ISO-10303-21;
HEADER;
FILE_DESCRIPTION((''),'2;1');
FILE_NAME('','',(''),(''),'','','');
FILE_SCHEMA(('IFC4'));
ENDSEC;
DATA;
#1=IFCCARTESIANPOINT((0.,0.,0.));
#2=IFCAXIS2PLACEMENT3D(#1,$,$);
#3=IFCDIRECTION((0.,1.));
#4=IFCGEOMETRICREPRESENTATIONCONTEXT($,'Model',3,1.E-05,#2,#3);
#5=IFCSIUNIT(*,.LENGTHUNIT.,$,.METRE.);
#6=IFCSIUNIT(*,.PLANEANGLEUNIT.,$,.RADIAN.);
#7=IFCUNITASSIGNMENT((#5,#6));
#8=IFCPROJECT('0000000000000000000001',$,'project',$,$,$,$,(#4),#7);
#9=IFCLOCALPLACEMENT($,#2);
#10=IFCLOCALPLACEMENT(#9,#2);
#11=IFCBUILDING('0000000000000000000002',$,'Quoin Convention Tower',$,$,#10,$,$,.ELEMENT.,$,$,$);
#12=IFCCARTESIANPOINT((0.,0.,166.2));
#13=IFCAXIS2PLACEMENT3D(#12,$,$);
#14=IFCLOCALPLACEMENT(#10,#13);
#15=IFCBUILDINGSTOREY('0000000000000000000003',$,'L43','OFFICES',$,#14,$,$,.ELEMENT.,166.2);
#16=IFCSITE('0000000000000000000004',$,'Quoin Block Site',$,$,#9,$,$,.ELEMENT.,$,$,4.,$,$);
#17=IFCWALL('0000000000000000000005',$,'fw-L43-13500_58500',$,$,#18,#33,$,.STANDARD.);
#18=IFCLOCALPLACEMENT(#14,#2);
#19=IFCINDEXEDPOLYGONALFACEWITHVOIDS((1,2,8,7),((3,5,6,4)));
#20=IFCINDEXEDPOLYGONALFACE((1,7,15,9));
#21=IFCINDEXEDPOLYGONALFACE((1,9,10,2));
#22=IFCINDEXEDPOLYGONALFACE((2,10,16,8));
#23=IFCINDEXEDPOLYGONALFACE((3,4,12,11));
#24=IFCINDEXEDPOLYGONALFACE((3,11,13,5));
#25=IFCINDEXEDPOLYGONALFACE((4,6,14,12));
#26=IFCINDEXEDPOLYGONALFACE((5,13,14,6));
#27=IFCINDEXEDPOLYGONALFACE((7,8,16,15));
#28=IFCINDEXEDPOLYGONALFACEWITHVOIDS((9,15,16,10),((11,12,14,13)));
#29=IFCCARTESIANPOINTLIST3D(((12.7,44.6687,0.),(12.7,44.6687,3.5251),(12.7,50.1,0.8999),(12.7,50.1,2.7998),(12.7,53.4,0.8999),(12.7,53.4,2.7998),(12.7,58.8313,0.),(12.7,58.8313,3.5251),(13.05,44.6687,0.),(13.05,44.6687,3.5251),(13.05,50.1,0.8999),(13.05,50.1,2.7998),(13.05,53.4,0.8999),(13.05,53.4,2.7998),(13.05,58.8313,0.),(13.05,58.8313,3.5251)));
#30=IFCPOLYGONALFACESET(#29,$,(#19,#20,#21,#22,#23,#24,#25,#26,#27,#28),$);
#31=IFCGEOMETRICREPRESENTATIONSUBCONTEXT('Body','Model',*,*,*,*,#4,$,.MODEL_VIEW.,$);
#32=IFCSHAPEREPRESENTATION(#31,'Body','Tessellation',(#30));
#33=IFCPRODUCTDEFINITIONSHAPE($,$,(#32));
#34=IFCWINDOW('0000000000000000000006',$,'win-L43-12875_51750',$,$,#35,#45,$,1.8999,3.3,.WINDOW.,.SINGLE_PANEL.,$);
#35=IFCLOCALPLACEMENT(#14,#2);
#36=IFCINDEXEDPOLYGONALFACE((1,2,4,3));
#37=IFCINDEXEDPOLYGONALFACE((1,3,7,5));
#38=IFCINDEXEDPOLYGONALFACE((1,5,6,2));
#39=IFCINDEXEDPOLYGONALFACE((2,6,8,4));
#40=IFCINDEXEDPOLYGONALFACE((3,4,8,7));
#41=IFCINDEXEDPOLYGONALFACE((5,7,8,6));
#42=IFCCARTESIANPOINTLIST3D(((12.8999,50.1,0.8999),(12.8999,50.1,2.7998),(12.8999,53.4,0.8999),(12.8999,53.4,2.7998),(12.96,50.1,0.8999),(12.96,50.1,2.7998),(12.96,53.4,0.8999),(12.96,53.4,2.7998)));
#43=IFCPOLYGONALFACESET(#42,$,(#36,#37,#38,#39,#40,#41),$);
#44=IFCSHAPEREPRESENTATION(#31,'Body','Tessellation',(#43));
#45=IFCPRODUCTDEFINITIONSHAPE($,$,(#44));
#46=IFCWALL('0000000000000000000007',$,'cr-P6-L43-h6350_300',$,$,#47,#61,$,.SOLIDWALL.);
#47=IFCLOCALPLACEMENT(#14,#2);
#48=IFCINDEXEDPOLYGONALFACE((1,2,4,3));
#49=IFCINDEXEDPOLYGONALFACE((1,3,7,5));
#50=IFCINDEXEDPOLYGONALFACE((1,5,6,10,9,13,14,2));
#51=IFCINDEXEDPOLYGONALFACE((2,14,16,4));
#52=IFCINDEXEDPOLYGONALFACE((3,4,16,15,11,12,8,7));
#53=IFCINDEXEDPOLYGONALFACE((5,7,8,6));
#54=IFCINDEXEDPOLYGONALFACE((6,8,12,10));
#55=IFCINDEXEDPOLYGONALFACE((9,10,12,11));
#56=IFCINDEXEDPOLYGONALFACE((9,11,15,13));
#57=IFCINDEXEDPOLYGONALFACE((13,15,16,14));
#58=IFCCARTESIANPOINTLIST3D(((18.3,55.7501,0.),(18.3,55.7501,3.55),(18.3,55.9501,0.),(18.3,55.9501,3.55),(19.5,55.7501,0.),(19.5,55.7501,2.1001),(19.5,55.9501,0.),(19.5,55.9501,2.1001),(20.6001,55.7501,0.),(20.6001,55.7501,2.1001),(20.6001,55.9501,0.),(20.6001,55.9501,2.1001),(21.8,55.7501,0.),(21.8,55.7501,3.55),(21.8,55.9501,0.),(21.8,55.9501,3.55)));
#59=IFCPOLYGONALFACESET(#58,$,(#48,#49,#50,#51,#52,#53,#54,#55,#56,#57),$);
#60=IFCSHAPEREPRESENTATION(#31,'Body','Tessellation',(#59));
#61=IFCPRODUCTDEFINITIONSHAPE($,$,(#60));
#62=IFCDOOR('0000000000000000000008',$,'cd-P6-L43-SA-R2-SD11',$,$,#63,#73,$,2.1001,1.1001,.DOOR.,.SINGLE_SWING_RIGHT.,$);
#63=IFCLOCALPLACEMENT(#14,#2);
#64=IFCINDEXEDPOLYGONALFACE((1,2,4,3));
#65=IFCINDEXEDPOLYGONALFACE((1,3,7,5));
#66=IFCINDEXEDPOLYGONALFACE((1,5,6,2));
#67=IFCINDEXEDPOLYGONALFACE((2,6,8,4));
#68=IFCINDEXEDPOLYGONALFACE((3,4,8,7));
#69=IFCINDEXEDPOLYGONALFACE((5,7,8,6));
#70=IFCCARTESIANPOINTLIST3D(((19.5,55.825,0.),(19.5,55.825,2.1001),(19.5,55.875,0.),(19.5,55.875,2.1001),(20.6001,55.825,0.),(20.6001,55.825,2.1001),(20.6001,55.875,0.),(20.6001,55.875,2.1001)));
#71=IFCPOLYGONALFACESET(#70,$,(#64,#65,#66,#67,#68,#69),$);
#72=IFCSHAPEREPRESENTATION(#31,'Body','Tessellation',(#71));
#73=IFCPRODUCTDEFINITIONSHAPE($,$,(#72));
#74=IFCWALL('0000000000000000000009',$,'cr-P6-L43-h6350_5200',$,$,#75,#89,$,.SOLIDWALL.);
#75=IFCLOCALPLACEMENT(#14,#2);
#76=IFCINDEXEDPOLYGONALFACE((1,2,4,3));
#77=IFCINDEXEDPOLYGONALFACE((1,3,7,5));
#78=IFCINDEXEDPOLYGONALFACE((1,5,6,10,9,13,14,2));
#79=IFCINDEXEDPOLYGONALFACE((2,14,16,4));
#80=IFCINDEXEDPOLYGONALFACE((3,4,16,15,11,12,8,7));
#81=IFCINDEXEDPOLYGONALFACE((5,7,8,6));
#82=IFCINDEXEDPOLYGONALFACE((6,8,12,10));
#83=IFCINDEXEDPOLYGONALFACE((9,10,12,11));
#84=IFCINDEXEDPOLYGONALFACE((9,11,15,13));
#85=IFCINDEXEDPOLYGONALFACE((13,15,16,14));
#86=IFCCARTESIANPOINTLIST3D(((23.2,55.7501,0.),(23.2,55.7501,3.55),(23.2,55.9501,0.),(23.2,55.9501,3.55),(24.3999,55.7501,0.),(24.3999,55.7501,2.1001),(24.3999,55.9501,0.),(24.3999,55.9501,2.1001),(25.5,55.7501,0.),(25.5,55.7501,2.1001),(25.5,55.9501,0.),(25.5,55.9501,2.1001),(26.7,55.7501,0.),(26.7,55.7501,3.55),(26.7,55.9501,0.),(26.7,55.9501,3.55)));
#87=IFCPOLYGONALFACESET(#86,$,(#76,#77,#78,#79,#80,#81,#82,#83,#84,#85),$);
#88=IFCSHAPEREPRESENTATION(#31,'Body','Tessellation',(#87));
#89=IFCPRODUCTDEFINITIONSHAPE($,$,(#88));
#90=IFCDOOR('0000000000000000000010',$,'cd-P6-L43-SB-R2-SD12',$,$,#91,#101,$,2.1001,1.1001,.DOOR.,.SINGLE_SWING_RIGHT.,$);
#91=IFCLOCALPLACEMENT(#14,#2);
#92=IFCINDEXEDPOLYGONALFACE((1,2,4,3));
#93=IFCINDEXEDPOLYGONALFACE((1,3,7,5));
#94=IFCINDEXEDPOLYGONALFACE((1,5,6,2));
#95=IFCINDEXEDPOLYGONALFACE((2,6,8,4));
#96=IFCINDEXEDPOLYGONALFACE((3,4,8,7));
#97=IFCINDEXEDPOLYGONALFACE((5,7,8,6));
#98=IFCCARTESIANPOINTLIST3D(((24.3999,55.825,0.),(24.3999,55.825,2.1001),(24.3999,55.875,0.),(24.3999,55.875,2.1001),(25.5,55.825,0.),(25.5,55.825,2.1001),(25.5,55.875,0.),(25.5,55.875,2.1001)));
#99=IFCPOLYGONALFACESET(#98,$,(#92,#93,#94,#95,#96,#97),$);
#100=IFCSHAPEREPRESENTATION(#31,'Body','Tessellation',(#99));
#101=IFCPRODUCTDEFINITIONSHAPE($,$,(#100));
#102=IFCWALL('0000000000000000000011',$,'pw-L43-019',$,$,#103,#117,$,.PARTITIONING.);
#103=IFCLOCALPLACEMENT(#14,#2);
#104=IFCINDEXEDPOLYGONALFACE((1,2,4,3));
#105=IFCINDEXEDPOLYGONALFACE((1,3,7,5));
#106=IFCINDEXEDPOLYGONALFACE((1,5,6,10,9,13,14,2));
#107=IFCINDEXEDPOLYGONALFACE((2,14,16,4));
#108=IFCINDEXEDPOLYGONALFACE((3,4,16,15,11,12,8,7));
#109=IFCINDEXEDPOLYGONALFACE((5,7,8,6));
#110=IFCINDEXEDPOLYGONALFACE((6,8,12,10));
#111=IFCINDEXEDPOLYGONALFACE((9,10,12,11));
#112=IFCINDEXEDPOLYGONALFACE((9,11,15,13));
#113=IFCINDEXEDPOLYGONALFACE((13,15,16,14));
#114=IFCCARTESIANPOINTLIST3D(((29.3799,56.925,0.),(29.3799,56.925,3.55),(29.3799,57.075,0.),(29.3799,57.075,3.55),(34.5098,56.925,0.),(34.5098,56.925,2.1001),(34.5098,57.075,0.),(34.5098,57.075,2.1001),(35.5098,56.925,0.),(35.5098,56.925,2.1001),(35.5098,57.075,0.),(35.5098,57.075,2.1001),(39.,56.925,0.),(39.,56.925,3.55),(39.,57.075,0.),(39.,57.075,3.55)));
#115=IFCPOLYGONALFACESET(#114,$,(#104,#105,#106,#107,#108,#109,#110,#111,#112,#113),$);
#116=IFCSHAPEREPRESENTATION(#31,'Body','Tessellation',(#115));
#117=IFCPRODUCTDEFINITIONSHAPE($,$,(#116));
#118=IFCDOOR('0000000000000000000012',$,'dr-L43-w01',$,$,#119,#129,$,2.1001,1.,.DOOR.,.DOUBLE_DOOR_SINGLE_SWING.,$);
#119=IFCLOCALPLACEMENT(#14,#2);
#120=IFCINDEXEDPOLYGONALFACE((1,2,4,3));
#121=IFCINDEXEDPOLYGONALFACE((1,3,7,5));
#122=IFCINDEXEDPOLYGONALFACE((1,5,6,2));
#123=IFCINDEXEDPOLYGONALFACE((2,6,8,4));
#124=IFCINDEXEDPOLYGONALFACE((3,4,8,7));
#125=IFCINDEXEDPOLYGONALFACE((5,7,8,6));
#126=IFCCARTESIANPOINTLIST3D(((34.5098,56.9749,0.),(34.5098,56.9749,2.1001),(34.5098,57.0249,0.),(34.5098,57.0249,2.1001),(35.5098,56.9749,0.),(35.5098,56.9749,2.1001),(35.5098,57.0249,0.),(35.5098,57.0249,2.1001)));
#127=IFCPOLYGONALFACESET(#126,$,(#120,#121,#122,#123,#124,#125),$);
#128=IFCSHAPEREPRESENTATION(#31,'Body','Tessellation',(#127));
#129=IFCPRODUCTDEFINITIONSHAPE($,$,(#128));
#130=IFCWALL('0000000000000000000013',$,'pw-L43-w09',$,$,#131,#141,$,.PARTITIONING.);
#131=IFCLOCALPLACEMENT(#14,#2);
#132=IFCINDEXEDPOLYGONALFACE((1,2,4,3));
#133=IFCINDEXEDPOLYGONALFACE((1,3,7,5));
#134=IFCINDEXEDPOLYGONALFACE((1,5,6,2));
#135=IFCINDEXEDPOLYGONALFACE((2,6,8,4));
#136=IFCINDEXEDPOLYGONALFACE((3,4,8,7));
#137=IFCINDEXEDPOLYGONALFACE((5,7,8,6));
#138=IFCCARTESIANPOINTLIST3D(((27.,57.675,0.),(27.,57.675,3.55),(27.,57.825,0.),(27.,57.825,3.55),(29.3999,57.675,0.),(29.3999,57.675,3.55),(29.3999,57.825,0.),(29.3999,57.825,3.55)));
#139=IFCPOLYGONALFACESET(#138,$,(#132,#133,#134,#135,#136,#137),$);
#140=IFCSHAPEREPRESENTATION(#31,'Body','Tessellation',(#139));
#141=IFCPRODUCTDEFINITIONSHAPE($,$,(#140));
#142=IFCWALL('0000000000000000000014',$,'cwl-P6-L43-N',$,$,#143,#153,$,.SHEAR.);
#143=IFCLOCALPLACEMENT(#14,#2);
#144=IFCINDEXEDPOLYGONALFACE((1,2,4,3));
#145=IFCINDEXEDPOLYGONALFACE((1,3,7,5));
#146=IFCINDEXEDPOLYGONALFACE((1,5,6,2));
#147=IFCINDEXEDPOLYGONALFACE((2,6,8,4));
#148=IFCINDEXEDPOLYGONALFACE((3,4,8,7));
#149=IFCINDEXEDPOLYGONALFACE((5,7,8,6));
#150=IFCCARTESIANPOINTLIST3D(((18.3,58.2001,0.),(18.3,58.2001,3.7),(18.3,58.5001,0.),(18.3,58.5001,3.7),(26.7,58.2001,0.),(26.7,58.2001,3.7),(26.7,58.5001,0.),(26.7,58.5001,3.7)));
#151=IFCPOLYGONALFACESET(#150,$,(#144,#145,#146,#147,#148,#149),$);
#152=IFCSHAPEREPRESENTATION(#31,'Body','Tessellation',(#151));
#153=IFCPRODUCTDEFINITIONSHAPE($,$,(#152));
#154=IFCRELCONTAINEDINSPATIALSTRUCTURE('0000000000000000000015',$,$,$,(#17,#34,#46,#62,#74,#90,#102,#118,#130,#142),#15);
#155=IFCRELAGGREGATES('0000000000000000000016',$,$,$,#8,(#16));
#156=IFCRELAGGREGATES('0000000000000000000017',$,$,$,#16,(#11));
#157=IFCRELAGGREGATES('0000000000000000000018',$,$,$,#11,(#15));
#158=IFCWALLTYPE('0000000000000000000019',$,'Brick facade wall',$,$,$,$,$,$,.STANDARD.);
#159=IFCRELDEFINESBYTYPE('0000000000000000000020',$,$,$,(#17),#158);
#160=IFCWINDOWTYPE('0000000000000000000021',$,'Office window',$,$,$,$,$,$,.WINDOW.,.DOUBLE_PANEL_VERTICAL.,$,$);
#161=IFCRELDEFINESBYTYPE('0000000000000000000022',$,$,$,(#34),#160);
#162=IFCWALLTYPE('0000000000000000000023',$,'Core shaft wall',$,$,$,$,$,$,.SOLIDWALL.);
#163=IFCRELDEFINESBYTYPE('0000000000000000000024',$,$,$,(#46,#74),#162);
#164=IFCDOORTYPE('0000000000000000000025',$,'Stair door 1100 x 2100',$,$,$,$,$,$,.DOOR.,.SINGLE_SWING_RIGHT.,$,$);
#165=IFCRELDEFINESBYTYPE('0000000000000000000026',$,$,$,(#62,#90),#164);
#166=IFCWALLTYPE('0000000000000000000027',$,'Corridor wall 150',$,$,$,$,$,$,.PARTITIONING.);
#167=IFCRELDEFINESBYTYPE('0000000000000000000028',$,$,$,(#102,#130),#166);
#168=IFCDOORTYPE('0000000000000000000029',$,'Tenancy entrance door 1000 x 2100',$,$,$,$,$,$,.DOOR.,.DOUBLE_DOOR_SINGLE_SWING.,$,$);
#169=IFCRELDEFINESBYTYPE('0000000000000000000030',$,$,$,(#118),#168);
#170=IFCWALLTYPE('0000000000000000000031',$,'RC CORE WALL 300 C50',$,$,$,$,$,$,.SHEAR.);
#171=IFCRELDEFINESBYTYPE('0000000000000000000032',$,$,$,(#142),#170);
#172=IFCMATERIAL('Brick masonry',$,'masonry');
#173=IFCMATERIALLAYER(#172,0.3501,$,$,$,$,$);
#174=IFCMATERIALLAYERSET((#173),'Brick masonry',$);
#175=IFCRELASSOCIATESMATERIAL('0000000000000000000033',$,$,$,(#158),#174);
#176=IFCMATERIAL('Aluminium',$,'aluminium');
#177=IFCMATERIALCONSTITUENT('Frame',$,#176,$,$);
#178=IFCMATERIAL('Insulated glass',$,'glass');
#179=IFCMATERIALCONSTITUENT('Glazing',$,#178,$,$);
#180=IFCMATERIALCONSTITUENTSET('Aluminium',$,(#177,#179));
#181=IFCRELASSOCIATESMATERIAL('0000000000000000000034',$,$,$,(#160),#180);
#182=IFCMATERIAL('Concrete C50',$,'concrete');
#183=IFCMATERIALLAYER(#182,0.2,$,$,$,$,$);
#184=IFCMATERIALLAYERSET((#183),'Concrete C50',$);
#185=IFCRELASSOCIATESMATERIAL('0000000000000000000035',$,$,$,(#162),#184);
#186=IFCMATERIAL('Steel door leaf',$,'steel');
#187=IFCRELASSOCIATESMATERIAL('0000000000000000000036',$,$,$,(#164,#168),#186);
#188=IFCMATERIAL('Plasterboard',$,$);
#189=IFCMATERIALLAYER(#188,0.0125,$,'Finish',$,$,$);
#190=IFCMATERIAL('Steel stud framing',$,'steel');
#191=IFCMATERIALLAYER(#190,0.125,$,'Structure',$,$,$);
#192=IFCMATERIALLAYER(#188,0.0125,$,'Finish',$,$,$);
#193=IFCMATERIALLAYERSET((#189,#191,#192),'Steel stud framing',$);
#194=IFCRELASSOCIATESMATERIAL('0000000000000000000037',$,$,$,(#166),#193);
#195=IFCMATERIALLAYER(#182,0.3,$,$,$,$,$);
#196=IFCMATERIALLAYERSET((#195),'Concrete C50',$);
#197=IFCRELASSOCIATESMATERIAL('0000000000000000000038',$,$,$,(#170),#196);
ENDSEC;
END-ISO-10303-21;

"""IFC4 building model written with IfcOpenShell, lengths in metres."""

from ifc_helpers import new_model, si_unit, direction, frame, frame_2d, origin, place, context, subcontext, project, spatial, rectangle, extrude, material, layer, layer_set, constituent, constituent_set, type_object, element, fill, save


model = new_model("IFC4")

# Units and contexts
model_context = context("Model", 3, precision=1e-05, world=origin(), true_north=direction((0.0, 1.0)))
body_context = subcontext(model_context, "Body", "Model", "MODEL_VIEW")
ifc_project = project(units=[si_unit("LENGTHUNIT", "METRE"), si_unit("PLANEANGLEUNIT", "RADIAN")], contexts=[model_context])

# Site, building, storey
site_placement = place(None, origin())
site = spatial("IfcSite", under=ifc_project, at=site_placement, Name="Quoin Block Site", CompositionType="ELEMENT", RefElevation=4.0)
building_placement = place(site_placement, origin())
building = spatial("IfcBuilding", under=site, at=building_placement, Name="Quoin Convention Tower", CompositionType="ELEMENT")
storey_placement = place(building_placement, frame((0.0, 0.0, 166.2)))
storey = spatial("IfcBuildingStorey", under=building, at=storey_placement, Name="L43", Description="OFFICES", CompositionType="ELEMENT", Elevation=166.2)

# Shared definitions
ifc_material_1 = material(Name="Concrete C50", Category="concrete")

# Wall, opening, window
ifc_material_2 = material(Name="Brick masonry", Category="masonry")
ifc_layer_1 = layer(ifc_material_2, 0.3501)
ifc_layer_set_1 = layer_set([ifc_layer_1], Name="Brick masonry")
wall_type_1 = type_object("IfcWallType", Name="Brick facade wall", PredefinedType="STANDARD", material=ifc_layer_set_1)
ifc_material_3 = material(Name="Aluminium", Category="aluminium")
ifc_constituent_1 = constituent(ifc_material_3, Name="Frame")
ifc_material_4 = material(Name="Insulated glass", Category="glass")
ifc_constituent_2 = constituent(ifc_material_4, Name="Glazing")
ifc_constituent_set = constituent_set(constituents=[ifc_constituent_1, ifc_constituent_2], Name="Aluminium")
window_type = type_object("IfcWindowType", Name="Office window", PartitioningType="DOUBLE_PANEL_VERTICAL", PredefinedType="WINDOW", material=ifc_constituent_set)
wall_1_placement = place(storey_placement, frame((12.875, 58.8313, 0.0), z_axis=(0.0, 0.0, 1.0), x_axis=(0.0, -1.0, 0.0)))
wall_1 = element("IfcWall", 1, at=wall_1_placement, inside=storey, type_object=wall_type_1, Name="fw-L43-13500_58500", PredefinedType="STANDARD", context=body_context, shape_type="SweptSolid", body=[
    extrude(rectangle(XDim=14.1626, YDim=0.3501, at=frame_2d((7.0813, 0.0))), origin(), (0.0, 0.0, 1.0), 3.5251),
])
opening_1_placement = place(wall_1_placement, frame((5.4314, 0.0, 0.8999)))
opening_1 = element("IfcOpeningElement", 2, at=opening_1_placement, cuts=wall_1, PredefinedType="OPENING", context=body_context, shape_type="SweptSolid", body=[
    extrude(rectangle(XDim=3.3, YDim=1.8999, at=frame_2d((1.6499, 0.95))), frame((0.0, 0.1851, 0.0), z_axis=(0.0, -1.0, 0.0), x_axis=(1.0, 0.0, 0.0)), (0.0, 0.0, 1.0), 0.3701),
])
window_1_placement = place(opening_1_placement, origin())
window_1 = element("IfcWindow", 3, at=window_1_placement, inside=storey, type_object=window_type, Name="win-L43-12875_51750", OverallHeight=1.8999, OverallWidth=3.3, PartitioningType="SINGLE_PANEL", PredefinedType="WINDOW", context=body_context, shape_type="SweptSolid", body=[
    extrude(rectangle(XDim=3.3, YDim=1.8999, at=frame_2d((1.6499, 0.95))), frame((0.0, 0.085, 0.0), z_axis=(0.0, -1.0, 0.0), x_axis=(1.0, 0.0, 0.0)), (0.0, 0.0, 1.0), 0.0601),
])
fill(opening_1, window_1)

# Walls, openings, doors
ifc_layer_2 = layer(ifc_material_1, 0.2)
ifc_layer_set_2 = layer_set([ifc_layer_2], Name="Concrete C50")
wall_type_2 = type_object("IfcWallType", Name="Core shaft wall", PredefinedType="SOLIDWALL", material=ifc_layer_set_2)
wall_2_placement = place(storey_placement, frame((18.3, 55.8501, 0.0), z_axis=(0.0, 0.0, 1.0), x_axis=(1.0, 0.0, 0.0)))
wall_2 = element("IfcWall", 4, at=wall_2_placement, inside=storey, type_object=wall_type_2, Name="cr-P6-L43-h6350_300", PredefinedType="SOLIDWALL", context=body_context, shape_type="SweptSolid", body=[
    extrude(rectangle(XDim=3.5, YDim=0.2, at=frame_2d((1.75, 0.0))), origin(), (0.0, 0.0, 1.0), 3.55),
])
opening_2_placement = place(wall_2_placement, frame((1.2, 0.0, 0.0)))
opening_2 = element("IfcOpeningElement", 5, at=opening_2_placement, cuts=wall_2, PredefinedType="OPENING", context=body_context, shape_type="SweptSolid", body=[
    extrude(rectangle(XDim=1.1001, YDim=2.1001, at=frame_2d((0.55, 1.05))), frame((0.0, 0.1099, 0.0), z_axis=(0.0, -1.0, 0.0), x_axis=(1.0, 0.0, 0.0)), (0.0, 0.0, 1.0), 0.22),
])
ifc_material_5 = material(Name="Steel door leaf", Category="steel")
door_type_1 = type_object("IfcDoorType", Name="Stair door 1100 x 2100", OperationType="SINGLE_SWING_RIGHT", PredefinedType="DOOR", material=ifc_material_5)
door_1_placement = place(opening_2_placement, origin())
door_1 = element("IfcDoor", 6, at=door_1_placement, inside=storey, type_object=door_type_1, Name="cd-P6-L43-SA-R2-SD11", OperationType="SINGLE_SWING_RIGHT", OverallHeight=2.1001, OverallWidth=1.1001, PredefinedType="DOOR", context=body_context, shape_type="SweptSolid", body=[
    extrude(rectangle(XDim=1.1001, YDim=2.1001, at=frame_2d((0.55, 1.05))), frame((0.0, 0.0249, 0.0), z_axis=(0.0, -1.0, 0.0), x_axis=(1.0, 0.0, 0.0)), (0.0, 0.0, 1.0), 0.05),
])
fill(opening_2, door_1)
wall_3_placement = place(storey_placement, frame((23.2, 55.8501, 0.0), z_axis=(0.0, 0.0, 1.0), x_axis=(1.0, 0.0, 0.0)))
wall_3 = element("IfcWall", 7, at=wall_3_placement, inside=storey, type_object=wall_type_2, Name="cr-P6-L43-h6350_5200", PredefinedType="SOLIDWALL", context=body_context, shape_type="SweptSolid", body=[
    extrude(rectangle(XDim=3.5, YDim=0.2, at=frame_2d((1.75, 0.0))), origin(), (0.0, 0.0, 1.0), 3.55),
])
opening_3_placement = place(wall_3_placement, frame((1.2, 0.0, 0.0)))
opening_3 = element("IfcOpeningElement", 8, at=opening_3_placement, cuts=wall_3, PredefinedType="OPENING", context=body_context, shape_type="SweptSolid", body=[
    extrude(rectangle(XDim=1.1001, YDim=2.1001, at=frame_2d((0.55, 1.05))), frame((0.0, 0.1099, 0.0), z_axis=(0.0, -1.0, 0.0), x_axis=(1.0, 0.0, 0.0)), (0.0, 0.0, 1.0), 0.22),
])
door_2_placement = place(opening_3_placement, origin())
door_2 = element("IfcDoor", 9, at=door_2_placement, inside=storey, type_object=door_type_1, Name="cd-P6-L43-SB-R2-SD12", OperationType="SINGLE_SWING_RIGHT", OverallHeight=2.1001, OverallWidth=1.1001, PredefinedType="DOOR", context=body_context, shape_type="SweptSolid", body=[
    extrude(rectangle(XDim=1.1001, YDim=2.1001, at=frame_2d((0.55, 1.05))), frame((0.0, 0.0249, 0.0), z_axis=(0.0, -1.0, 0.0), x_axis=(1.0, 0.0, 0.0)), (0.0, 0.0, 1.0), 0.05),
])
fill(opening_3, door_2)
ifc_material_6 = material(Name="Plasterboard")
ifc_layer_3 = layer(ifc_material_6, 0.0125, Name="Finish")
ifc_material_7 = material(Name="Steel stud framing", Category="steel")
ifc_layer_4 = layer(ifc_material_7, 0.125, Name="Structure")
ifc_layer_5 = layer(ifc_material_6, 0.0125, Name="Finish")
ifc_layer_set_3 = layer_set([ifc_layer_3, ifc_layer_4, ifc_layer_5], Name="Steel stud framing")
wall_type_3 = type_object("IfcWallType", Name="Corridor wall 150", PredefinedType="PARTITIONING", material=ifc_layer_set_3)
wall_4_placement = place(storey_placement, frame((29.3799, 57.0, 0.0), z_axis=(0.0, 0.0, 1.0), x_axis=(1.0, 0.0, 0.0)))
wall_4 = element("IfcWall", 10, at=wall_4_placement, inside=storey, type_object=wall_type_3, Name="pw-L43-019", PredefinedType="PARTITIONING", context=body_context, shape_type="SweptSolid", body=[
    extrude(rectangle(XDim=9.6201, YDim=0.1499, at=frame_2d((4.8101, 0.0))), origin(), (0.0, 0.0, 1.0), 3.55),
])
opening_4_placement = place(wall_4_placement, frame((5.1299, 0.0, 0.0)))
opening_4 = element("IfcOpeningElement", 11, at=opening_4_placement, cuts=wall_4, PredefinedType="OPENING", context=body_context, shape_type="SweptSolid", body=[
    extrude(rectangle(XDim=1.0, YDim=2.1001, at=frame_2d((0.5, 1.05))), frame((0.0, 0.085, 0.0), z_axis=(0.0, -1.0, 0.0), x_axis=(1.0, 0.0, 0.0)), (0.0, 0.0, 1.0), 0.1699),
])
door_type_2 = type_object("IfcDoorType", Name="Tenancy entrance door 1000 x 2100", OperationType="DOUBLE_DOOR_SINGLE_SWING", PredefinedType="DOOR", material=ifc_material_5)
door_3_placement = place(opening_4_placement, origin())
door_3 = element("IfcDoor", 12, at=door_3_placement, inside=storey, type_object=door_type_2, Name="dr-L43-w01", OperationType="DOUBLE_DOOR_SINGLE_SWING", OverallHeight=2.1001, OverallWidth=1.0, PredefinedType="DOOR", context=body_context, shape_type="SweptSolid", body=[
    extrude(rectangle(XDim=1.0, YDim=2.1001, at=frame_2d((0.5, 1.05))), frame((0.0, 0.0249, 0.0), z_axis=(0.0, -1.0, 0.0), x_axis=(1.0, 0.0, 0.0)), (0.0, 0.0, 1.0), 0.05),
])
fill(opening_4, door_3)

# Walls
wall_5_placement = place(storey_placement, frame((27.0, 57.75, 0.0), z_axis=(0.0, 0.0, 1.0), x_axis=(1.0, 0.0, 0.0)))
element("IfcWall", 13, at=wall_5_placement, inside=storey, type_object=wall_type_3, Name="pw-L43-w09", PredefinedType="PARTITIONING", context=body_context, shape_type="SweptSolid", body=[
    extrude(rectangle(XDim=2.3999, YDim=0.1499, at=frame_2d((1.2, 0.0))), origin(), (0.0, 0.0, 1.0), 3.55),
])
ifc_layer_6 = layer(ifc_material_1, 0.3)
ifc_layer_set_4 = layer_set([ifc_layer_6], Name="Concrete C50")
wall_type_4 = type_object("IfcWallType", Name="RC CORE WALL 300 C50", PredefinedType="SHEAR", material=ifc_layer_set_4)
wall_6_placement = place(storey_placement, frame((18.3, 58.3501, 0.0), z_axis=(0.0, 0.0, 1.0), x_axis=(1.0, 0.0, 0.0)))
element("IfcWall", 14, at=wall_6_placement, inside=storey, type_object=wall_type_4, Name="cwl-P6-L43-N", PredefinedType="SHEAR", context=body_context, shape_type="SweptSolid", body=[
    extrude(rectangle(XDim=8.3999, YDim=0.3, at=frame_2d((4.2, 0.0))), origin(), (0.0, 0.0, 1.0), 3.7),
])

save(model, "model.ifc")
